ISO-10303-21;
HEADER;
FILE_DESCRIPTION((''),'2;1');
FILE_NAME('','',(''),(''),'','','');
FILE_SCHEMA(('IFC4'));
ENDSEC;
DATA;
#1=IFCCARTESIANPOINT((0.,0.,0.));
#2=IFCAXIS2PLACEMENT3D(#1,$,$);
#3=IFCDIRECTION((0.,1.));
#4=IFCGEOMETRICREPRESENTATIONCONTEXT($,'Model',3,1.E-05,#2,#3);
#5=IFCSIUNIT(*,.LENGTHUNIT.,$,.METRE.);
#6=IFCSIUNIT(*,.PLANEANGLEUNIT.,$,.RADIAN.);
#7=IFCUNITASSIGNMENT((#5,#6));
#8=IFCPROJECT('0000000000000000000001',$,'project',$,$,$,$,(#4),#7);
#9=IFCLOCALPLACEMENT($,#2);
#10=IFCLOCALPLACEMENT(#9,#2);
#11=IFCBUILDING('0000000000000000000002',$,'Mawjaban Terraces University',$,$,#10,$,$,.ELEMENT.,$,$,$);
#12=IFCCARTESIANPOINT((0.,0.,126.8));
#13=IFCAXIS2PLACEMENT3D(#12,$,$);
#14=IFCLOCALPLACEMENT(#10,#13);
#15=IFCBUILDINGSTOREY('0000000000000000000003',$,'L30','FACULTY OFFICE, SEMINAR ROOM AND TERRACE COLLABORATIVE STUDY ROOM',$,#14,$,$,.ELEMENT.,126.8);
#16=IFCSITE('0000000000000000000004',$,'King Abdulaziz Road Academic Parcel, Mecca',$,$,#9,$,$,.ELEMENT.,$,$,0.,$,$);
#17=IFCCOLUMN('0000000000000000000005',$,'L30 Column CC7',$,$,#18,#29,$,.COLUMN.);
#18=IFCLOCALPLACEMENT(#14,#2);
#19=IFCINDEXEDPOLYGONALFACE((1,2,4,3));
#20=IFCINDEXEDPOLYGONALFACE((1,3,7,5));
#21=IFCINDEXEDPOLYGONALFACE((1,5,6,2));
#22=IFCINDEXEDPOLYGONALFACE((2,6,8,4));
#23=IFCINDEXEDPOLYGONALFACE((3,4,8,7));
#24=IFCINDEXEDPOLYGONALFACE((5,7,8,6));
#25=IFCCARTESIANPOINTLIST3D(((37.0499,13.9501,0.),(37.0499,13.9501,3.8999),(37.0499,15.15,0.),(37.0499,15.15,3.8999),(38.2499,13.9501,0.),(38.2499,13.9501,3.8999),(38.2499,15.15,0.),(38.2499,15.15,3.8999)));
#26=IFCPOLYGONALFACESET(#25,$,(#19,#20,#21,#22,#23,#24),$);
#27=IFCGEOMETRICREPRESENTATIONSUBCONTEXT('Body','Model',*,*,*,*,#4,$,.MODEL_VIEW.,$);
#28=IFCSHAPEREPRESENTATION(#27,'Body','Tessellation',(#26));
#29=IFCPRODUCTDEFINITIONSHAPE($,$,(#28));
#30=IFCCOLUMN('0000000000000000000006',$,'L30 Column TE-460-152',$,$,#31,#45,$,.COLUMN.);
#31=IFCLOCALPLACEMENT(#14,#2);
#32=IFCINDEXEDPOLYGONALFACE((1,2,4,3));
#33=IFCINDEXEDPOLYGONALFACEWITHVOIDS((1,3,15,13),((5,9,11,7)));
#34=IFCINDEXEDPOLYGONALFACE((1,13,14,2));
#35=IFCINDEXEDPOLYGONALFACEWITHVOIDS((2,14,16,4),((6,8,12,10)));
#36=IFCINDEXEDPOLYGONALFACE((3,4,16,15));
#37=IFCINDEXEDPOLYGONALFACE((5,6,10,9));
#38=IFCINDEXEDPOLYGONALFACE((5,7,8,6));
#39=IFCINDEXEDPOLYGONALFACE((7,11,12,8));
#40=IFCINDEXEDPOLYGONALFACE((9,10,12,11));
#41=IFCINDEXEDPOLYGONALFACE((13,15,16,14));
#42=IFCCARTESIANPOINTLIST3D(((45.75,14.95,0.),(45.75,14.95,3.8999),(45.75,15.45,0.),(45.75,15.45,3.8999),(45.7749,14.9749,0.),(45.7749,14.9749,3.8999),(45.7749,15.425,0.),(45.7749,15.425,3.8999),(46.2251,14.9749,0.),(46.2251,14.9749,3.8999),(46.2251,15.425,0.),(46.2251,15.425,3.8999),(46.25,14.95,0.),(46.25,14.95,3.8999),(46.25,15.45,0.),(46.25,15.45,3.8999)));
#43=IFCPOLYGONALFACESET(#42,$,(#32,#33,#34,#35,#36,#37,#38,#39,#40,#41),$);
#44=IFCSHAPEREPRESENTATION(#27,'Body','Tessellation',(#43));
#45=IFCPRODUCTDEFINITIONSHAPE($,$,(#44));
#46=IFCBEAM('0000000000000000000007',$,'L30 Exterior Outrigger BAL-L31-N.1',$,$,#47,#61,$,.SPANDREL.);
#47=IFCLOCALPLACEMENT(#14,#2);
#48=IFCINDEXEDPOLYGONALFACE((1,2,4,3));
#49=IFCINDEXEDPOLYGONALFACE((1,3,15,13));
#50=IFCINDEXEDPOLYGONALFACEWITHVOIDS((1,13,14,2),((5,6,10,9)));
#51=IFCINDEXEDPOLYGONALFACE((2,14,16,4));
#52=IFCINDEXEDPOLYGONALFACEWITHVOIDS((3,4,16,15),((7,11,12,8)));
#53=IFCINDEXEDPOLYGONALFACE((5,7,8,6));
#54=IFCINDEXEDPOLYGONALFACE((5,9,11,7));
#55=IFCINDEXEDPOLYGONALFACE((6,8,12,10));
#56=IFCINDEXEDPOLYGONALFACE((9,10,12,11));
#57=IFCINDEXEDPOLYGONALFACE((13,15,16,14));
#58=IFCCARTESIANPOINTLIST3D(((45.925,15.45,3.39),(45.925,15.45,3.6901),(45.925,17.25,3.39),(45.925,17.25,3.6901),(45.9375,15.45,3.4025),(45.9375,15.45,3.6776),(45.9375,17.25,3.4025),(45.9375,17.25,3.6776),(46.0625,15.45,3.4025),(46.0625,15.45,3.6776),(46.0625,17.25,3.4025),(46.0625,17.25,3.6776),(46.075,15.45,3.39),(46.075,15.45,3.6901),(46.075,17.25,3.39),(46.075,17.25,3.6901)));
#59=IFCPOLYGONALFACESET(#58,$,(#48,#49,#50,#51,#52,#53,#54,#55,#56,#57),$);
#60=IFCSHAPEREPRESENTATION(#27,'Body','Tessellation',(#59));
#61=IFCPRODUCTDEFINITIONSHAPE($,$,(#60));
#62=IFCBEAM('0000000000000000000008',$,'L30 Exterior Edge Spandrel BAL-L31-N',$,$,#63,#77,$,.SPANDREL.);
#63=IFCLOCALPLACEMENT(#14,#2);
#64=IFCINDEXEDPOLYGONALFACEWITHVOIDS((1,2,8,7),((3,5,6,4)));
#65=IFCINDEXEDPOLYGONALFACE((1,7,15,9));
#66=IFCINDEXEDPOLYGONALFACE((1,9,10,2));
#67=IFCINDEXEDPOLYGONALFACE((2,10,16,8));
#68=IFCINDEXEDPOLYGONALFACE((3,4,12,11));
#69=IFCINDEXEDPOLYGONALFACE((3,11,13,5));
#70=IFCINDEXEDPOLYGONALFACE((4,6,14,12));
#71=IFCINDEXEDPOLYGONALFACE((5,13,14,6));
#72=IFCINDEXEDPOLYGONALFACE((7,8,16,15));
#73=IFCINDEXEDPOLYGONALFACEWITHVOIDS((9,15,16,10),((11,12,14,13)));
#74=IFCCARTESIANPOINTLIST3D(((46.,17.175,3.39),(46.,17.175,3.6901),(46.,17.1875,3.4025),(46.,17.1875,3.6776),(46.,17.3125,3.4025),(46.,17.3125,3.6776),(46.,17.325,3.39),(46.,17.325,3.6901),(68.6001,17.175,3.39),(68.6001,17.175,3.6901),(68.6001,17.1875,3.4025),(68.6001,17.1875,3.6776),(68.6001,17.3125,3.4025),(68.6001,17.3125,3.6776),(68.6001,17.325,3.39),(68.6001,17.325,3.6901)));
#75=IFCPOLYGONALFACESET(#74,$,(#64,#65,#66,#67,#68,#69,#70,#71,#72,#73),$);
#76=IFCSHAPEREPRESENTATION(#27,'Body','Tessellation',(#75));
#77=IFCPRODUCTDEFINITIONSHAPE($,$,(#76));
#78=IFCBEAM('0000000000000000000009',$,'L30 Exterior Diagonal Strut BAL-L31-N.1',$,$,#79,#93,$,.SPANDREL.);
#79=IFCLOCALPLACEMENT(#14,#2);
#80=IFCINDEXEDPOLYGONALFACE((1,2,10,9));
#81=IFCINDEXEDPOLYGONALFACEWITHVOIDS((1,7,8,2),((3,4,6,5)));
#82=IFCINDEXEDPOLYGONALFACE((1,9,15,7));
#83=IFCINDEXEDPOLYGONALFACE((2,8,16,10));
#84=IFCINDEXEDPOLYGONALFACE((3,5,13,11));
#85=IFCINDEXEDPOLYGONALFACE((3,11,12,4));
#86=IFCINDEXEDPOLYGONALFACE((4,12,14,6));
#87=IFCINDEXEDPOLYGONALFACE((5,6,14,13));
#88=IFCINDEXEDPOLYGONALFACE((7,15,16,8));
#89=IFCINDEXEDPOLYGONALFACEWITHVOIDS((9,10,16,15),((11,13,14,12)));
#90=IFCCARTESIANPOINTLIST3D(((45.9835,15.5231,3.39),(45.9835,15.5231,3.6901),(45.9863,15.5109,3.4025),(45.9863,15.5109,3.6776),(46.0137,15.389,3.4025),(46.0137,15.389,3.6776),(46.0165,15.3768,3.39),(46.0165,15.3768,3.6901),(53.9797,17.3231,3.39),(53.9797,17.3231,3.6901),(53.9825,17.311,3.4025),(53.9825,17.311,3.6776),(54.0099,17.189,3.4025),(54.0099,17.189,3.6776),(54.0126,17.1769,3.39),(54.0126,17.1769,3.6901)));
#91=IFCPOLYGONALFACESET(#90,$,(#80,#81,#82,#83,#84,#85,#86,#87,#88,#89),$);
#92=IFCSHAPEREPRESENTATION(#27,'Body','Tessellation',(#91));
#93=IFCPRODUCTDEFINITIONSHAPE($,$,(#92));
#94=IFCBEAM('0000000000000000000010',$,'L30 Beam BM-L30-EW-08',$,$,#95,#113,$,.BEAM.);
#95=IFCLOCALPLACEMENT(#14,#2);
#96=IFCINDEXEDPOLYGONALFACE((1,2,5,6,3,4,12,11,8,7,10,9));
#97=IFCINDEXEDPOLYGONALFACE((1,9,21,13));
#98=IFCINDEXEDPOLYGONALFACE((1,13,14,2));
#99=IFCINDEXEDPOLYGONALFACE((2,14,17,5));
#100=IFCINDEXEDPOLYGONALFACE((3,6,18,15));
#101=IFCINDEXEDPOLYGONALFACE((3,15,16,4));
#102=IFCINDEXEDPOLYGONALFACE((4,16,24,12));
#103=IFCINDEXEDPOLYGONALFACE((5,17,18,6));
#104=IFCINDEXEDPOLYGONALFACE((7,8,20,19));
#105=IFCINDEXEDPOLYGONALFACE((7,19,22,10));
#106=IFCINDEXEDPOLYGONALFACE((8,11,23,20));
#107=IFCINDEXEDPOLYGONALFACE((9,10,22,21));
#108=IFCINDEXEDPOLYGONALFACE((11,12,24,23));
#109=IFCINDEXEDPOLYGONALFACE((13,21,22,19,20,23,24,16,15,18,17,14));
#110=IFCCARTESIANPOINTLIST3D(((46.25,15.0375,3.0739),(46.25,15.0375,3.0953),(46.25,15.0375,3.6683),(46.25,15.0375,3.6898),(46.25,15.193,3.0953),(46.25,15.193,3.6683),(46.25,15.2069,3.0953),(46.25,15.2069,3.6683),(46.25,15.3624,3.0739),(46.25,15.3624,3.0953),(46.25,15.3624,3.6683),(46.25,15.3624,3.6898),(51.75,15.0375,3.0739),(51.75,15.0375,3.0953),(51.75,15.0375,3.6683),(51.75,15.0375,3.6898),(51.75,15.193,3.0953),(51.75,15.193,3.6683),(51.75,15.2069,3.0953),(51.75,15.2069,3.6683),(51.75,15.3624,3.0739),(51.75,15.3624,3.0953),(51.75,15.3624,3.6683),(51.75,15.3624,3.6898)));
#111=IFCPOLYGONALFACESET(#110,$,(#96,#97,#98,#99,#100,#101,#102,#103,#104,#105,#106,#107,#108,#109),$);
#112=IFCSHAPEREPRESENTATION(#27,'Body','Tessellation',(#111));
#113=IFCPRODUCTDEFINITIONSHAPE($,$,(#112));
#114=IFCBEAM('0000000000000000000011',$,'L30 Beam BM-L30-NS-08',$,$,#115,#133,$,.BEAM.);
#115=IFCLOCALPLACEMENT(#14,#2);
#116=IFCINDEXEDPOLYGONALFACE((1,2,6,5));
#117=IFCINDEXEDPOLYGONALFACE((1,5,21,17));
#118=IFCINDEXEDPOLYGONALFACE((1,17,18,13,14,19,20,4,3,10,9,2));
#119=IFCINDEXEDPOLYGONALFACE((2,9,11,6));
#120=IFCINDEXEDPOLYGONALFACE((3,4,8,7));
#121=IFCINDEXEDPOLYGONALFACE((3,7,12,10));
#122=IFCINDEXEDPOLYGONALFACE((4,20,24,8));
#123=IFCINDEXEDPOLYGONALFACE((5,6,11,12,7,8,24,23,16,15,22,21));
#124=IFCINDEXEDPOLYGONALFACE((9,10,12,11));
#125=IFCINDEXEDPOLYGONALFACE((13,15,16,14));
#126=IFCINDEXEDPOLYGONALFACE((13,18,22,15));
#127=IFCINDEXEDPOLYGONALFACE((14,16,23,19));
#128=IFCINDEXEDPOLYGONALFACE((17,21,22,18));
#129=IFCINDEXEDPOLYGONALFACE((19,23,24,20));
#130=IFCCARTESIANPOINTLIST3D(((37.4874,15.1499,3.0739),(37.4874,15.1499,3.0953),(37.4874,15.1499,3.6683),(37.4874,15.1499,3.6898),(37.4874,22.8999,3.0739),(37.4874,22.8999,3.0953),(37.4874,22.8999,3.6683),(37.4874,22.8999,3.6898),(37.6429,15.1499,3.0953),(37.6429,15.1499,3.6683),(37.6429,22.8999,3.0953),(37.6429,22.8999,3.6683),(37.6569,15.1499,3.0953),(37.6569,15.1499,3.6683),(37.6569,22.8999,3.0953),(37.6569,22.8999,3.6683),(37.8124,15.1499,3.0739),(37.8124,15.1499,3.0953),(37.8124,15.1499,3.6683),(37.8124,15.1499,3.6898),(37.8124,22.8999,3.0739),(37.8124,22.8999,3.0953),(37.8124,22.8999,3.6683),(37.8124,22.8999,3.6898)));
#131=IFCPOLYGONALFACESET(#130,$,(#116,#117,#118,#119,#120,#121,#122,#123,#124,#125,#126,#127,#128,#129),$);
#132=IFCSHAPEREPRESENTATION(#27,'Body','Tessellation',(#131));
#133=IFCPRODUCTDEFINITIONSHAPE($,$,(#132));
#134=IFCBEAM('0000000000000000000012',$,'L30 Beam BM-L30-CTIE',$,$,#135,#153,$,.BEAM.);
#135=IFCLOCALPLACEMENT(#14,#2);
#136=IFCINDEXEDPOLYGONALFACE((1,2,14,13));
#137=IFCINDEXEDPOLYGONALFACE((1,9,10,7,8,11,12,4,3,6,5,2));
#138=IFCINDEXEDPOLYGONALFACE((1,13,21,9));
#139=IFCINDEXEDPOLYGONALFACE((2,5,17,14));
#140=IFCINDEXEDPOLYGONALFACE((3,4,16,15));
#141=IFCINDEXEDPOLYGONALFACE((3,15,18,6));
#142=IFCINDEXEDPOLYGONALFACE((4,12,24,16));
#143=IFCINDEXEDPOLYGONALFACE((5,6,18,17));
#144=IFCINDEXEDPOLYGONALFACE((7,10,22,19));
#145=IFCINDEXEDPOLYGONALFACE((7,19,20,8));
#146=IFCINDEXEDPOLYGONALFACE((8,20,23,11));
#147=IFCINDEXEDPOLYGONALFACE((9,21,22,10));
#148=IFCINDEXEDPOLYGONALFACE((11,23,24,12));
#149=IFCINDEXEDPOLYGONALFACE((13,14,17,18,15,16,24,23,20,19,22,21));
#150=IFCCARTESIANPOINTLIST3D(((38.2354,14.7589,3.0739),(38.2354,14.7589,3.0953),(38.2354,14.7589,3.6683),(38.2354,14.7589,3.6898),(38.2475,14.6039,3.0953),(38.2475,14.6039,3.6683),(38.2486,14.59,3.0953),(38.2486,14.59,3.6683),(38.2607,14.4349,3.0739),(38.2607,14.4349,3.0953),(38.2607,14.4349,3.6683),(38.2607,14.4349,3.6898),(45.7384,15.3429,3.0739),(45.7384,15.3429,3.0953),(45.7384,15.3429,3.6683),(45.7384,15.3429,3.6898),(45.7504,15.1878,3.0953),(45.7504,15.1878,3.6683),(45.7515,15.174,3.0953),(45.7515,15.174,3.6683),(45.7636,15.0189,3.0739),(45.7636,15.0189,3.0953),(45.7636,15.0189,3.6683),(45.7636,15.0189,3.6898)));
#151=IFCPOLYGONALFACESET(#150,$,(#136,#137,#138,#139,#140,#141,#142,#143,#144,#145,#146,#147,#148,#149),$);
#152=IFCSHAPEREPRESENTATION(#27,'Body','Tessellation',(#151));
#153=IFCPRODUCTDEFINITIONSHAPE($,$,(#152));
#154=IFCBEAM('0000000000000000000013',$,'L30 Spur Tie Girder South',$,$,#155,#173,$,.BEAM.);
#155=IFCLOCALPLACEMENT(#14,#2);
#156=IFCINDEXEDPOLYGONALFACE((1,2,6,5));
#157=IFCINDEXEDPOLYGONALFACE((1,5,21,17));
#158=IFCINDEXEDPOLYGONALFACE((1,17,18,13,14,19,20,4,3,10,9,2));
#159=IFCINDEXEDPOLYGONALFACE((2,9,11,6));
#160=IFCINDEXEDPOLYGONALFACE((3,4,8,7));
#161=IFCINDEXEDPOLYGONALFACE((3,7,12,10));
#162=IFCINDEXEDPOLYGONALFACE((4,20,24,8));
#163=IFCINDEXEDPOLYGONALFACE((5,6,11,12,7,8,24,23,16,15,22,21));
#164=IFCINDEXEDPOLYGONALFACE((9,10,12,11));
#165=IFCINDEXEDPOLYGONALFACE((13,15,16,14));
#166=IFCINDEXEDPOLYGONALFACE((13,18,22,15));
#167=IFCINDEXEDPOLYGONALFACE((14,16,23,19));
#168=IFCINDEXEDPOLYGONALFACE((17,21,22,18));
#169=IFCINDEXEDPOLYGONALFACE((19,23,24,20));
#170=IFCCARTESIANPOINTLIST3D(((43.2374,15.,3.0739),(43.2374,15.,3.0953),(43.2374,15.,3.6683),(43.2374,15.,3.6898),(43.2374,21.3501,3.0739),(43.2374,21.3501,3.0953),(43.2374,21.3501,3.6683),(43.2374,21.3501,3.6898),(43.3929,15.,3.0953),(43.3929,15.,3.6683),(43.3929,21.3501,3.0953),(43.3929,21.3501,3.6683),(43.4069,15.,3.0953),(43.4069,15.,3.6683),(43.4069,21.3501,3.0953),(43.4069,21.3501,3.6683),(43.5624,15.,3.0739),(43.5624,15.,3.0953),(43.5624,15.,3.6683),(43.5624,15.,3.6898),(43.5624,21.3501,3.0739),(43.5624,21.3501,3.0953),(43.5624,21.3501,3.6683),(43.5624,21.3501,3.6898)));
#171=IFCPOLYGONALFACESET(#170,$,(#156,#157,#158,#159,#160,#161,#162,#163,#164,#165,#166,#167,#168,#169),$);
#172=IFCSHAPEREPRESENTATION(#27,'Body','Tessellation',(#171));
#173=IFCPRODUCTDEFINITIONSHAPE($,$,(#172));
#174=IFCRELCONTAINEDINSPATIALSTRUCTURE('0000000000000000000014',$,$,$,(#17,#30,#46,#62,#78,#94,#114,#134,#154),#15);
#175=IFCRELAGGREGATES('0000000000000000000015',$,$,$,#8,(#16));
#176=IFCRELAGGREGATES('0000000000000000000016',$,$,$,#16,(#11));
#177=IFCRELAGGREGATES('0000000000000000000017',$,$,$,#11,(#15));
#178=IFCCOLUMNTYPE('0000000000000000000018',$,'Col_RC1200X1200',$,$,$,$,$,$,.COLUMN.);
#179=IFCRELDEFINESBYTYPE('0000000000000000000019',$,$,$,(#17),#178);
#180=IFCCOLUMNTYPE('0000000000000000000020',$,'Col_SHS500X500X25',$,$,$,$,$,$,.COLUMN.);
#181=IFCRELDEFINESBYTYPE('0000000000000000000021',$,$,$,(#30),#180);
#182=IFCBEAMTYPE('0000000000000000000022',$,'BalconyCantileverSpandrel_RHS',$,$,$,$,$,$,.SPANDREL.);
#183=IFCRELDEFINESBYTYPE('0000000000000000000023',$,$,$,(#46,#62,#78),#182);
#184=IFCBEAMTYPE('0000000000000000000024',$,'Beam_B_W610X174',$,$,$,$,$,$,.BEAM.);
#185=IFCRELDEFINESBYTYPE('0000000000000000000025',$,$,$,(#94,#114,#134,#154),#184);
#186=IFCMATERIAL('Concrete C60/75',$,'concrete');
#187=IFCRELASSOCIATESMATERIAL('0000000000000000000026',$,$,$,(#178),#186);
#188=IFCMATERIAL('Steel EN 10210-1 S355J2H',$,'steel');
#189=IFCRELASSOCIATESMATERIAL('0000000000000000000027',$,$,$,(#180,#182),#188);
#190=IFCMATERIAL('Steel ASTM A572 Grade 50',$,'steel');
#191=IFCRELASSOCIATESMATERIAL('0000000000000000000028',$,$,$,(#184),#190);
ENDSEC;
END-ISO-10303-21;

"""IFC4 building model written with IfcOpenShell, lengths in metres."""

from ifc_helpers import new_model, si_unit, direction, frame, origin, origin_2d, place, context, subcontext, project, spatial, rectangle, hollow_rectangle, i_section, extrude, material, material_profile, profile_set, type_object, element, save


model = new_model("IFC4")

# Units and contexts
model_context = context("Model", 3, precision=1e-05, world=origin(), true_north=direction((0.0, 1.0)))
body_context = subcontext(model_context, "Body", "Model", "MODEL_VIEW")
ifc_project = project(units=[si_unit("LENGTHUNIT", "METRE"), si_unit("PLANEANGLEUNIT", "RADIAN")], contexts=[model_context])

# Site, building, storey
site_placement = place(None, origin())
site = spatial("IfcSite", under=ifc_project, at=site_placement, Name="King Abdulaziz Road Academic Parcel, Mecca", CompositionType="ELEMENT", RefElevation=0.0)
building_placement = place(site_placement, origin())
building = spatial("IfcBuilding", under=site, at=building_placement, Name="Mawjaban Terraces University", CompositionType="ELEMENT")
storey_placement = place(building_placement, frame((0.0, 0.0, 126.8)))
storey = spatial("IfcBuildingStorey", under=building, at=storey_placement, Name="L30", Description="FACULTY OFFICE, SEMINAR ROOM AND TERRACE COLLABORATIVE STUDY ROOM", CompositionType="ELEMENT", Elevation=126.8)

# Columns
ifc_material_1 = material(Name="Concrete C60/75", Category="concrete")
ifc_material_profile_1 = material_profile(ifc_material_1, rectangle(XDim=1.2, YDim=1.2, at=origin_2d()), Name="RC1200X1200")
ifc_profile_set_1 = profile_set([ifc_material_profile_1], Name="Concrete C60/75")
column_type_1 = type_object("IfcColumnType", Name="Col_RC1200X1200", PredefinedType="COLUMN", material=ifc_profile_set_1)
column_1_placement = place(storey_placement, frame((37.6499, 14.55, 0.0), z_axis=(0.0, 0.0, 1.0), x_axis=(1.0, 0.0, 0.0)))
element("IfcColumn", 1, at=column_1_placement, inside=storey, type_object=column_type_1, Name="L30 Column CC7", PredefinedType="COLUMN", context=body_context, shape_type="SweptSolid", body=[
    extrude(rectangle(XDim=1.2, YDim=1.2, at=origin_2d()), origin(), (0.0, 0.0, 1.0), 3.8999),
])
ifc_material_2 = material(Name="Steel EN 10210-1 S355J2H", Category="steel")
ifc_material_profile_2 = material_profile(ifc_material_2, hollow_rectangle(XDim=0.5, YDim=0.5, WallThickness=0.0249, at=origin_2d()), Name="SHS500X500X25")
ifc_profile_set_2 = profile_set([ifc_material_profile_2], Name="Steel EN 10210-1 S355J2H")
column_type_2 = type_object("IfcColumnType", Name="Col_SHS500X500X25", PredefinedType="COLUMN", material=ifc_profile_set_2)
column_2_placement = place(storey_placement, frame((46.0, 15.2, 0.0), z_axis=(0.0, 0.0, 1.0), x_axis=(1.0, 0.0, 0.0)))
element("IfcColumn", 2, at=column_2_placement, inside=storey, type_object=column_type_2, Name="L30 Column TE-460-152", PredefinedType="COLUMN", context=body_context, shape_type="SweptSolid", body=[
    extrude(hollow_rectangle(XDim=0.5, YDim=0.5, WallThickness=0.0249, at=origin_2d()), origin(), (0.0, 0.0, 1.0), 3.8999),
])

# Beams
ifc_material_profile_3 = material_profile(ifc_material_2, hollow_rectangle(XDim=0.1499, YDim=0.3, WallThickness=0.0125, at=origin_2d()), Name="RHS300X150X12.5")
ifc_profile_set_3 = profile_set([ifc_material_profile_3], Name="Steel EN 10210-1 S355J2H")
beam_type_1 = type_object("IfcBeamType", Name="BalconyCantileverSpandrel_RHS", PredefinedType="SPANDREL", material=ifc_profile_set_3)
beam_1_placement = place(storey_placement, frame((46.0, 15.45, 3.54), z_axis=(0.0, 1.0, 0.0), x_axis=(-1.0, 0.0, 0.0)))
element("IfcBeam", 3, at=beam_1_placement, inside=storey, type_object=beam_type_1, Name="L30 Exterior Outrigger BAL-L31-N.1", PredefinedType="SPANDREL", context=body_context, shape_type="SweptSolid", body=[
    extrude(hollow_rectangle(XDim=0.1499, YDim=0.3, WallThickness=0.0125, at=origin_2d()), origin(), (0.0, 0.0, 1.0), 1.8),
])
beam_2_placement = place(storey_placement, frame((46.0, 17.25, 3.54), z_axis=(1.0, 0.0, 0.0), x_axis=(0.0, 1.0, 0.0)))
element("IfcBeam", 4, at=beam_2_placement, inside=storey, type_object=beam_type_1, Name="L30 Exterior Edge Spandrel BAL-L31-N", PredefinedType="SPANDREL", context=body_context, shape_type="SweptSolid", body=[
    extrude(hollow_rectangle(XDim=0.1499, YDim=0.3, WallThickness=0.0125, at=origin_2d()), origin(), (0.0, 0.0, 1.0), 22.6001),
])
beam_3_placement = place(storey_placement, frame((46.0, 15.45, 3.54), z_axis=(0.975586, 0.21962, 0.0), x_axis=(-0.21962, 0.975586, 0.0)))
element("IfcBeam", 5, at=beam_3_placement, inside=storey, type_object=beam_type_1, Name="L30 Exterior Diagonal Strut BAL-L31-N.1", PredefinedType="SPANDREL", context=body_context, shape_type="SweptSolid", body=[
    extrude(hollow_rectangle(XDim=0.1499, YDim=0.3, WallThickness=0.0125, at=origin_2d()), origin(), (0.0, 0.0, 1.0), 8.1963),
])
ifc_material_3 = material(Name="Steel ASTM A572 Grade 50", Category="steel")
ifc_material_profile_4 = material_profile(ifc_material_3, i_section(OverallWidth=0.325, OverallDepth=0.616, WebThickness=0.0139, FlangeThickness=0.0215, at=origin_2d()), Name="W610X174")
ifc_profile_set_4 = profile_set([ifc_material_profile_4], Name="Steel ASTM A572 Grade 50")
beam_type_2 = type_object("IfcBeamType", Name="Beam_B_W610X174", PredefinedType="BEAM", material=ifc_profile_set_4)
beam_4_placement = place(storey_placement, frame((46.25, 15.2, 3.3818), z_axis=(1.0, 0.0, 0.0), x_axis=(0.0, 1.0, 0.0)))
element("IfcBeam", 6, at=beam_4_placement, inside=storey, type_object=beam_type_2, Name="L30 Beam BM-L30-EW-08", PredefinedType="BEAM", context=body_context, shape_type="SweptSolid", body=[
    extrude(i_section(OverallWidth=0.325, OverallDepth=0.616, WebThickness=0.0139, FlangeThickness=0.0215, at=origin_2d()), origin(), (0.0, 0.0, 1.0), 5.5),
])
beam_5_placement = place(storey_placement, frame((37.6499, 15.1499, 3.3818), z_axis=(0.0, 1.0, 0.0), x_axis=(-1.0, 0.0, 0.0)))
element("IfcBeam", 7, at=beam_5_placement, inside=storey, type_object=beam_type_2, Name="L30 Beam BM-L30-NS-08", PredefinedType="BEAM", context=body_context, shape_type="SweptSolid", body=[
    extrude(i_section(OverallWidth=0.325, OverallDepth=0.616, WebThickness=0.0139, FlangeThickness=0.0215, at=origin_2d()), origin(), (0.0, 0.0, 1.0), 7.75),
])
beam_6_placement = place(storey_placement, frame((38.248, 14.5969, 3.3818), z_axis=(0.996985, 0.077599, 0.0), x_axis=(-0.077599, 0.996985, 0.0)))
element("IfcBeam", 8, at=beam_6_placement, inside=storey, type_object=beam_type_2, Name="L30 Beam BM-L30-CTIE", PredefinedType="BEAM", context=body_context, shape_type="SweptSolid", body=[
    extrude(i_section(OverallWidth=0.325, OverallDepth=0.616, WebThickness=0.0139, FlangeThickness=0.0215, at=origin_2d()), origin(), (0.0, 0.0, 1.0), 7.5256),
])
beam_7_placement = place(storey_placement, frame((43.3999, 15.0, 3.3818), z_axis=(0.0, 1.0, 0.0), x_axis=(-1.0, 0.0, 0.0)))
element("IfcBeam", 9, at=beam_7_placement, inside=storey, type_object=beam_type_2, Name="L30 Spur Tie Girder South", PredefinedType="BEAM", context=body_context, shape_type="SweptSolid", body=[
    extrude(i_section(OverallWidth=0.325, OverallDepth=0.616, WebThickness=0.0139, FlangeThickness=0.0215, at=origin_2d()), origin(), (0.0, 0.0, 1.0), 6.3501),
])

save(model, "model.ifc")
